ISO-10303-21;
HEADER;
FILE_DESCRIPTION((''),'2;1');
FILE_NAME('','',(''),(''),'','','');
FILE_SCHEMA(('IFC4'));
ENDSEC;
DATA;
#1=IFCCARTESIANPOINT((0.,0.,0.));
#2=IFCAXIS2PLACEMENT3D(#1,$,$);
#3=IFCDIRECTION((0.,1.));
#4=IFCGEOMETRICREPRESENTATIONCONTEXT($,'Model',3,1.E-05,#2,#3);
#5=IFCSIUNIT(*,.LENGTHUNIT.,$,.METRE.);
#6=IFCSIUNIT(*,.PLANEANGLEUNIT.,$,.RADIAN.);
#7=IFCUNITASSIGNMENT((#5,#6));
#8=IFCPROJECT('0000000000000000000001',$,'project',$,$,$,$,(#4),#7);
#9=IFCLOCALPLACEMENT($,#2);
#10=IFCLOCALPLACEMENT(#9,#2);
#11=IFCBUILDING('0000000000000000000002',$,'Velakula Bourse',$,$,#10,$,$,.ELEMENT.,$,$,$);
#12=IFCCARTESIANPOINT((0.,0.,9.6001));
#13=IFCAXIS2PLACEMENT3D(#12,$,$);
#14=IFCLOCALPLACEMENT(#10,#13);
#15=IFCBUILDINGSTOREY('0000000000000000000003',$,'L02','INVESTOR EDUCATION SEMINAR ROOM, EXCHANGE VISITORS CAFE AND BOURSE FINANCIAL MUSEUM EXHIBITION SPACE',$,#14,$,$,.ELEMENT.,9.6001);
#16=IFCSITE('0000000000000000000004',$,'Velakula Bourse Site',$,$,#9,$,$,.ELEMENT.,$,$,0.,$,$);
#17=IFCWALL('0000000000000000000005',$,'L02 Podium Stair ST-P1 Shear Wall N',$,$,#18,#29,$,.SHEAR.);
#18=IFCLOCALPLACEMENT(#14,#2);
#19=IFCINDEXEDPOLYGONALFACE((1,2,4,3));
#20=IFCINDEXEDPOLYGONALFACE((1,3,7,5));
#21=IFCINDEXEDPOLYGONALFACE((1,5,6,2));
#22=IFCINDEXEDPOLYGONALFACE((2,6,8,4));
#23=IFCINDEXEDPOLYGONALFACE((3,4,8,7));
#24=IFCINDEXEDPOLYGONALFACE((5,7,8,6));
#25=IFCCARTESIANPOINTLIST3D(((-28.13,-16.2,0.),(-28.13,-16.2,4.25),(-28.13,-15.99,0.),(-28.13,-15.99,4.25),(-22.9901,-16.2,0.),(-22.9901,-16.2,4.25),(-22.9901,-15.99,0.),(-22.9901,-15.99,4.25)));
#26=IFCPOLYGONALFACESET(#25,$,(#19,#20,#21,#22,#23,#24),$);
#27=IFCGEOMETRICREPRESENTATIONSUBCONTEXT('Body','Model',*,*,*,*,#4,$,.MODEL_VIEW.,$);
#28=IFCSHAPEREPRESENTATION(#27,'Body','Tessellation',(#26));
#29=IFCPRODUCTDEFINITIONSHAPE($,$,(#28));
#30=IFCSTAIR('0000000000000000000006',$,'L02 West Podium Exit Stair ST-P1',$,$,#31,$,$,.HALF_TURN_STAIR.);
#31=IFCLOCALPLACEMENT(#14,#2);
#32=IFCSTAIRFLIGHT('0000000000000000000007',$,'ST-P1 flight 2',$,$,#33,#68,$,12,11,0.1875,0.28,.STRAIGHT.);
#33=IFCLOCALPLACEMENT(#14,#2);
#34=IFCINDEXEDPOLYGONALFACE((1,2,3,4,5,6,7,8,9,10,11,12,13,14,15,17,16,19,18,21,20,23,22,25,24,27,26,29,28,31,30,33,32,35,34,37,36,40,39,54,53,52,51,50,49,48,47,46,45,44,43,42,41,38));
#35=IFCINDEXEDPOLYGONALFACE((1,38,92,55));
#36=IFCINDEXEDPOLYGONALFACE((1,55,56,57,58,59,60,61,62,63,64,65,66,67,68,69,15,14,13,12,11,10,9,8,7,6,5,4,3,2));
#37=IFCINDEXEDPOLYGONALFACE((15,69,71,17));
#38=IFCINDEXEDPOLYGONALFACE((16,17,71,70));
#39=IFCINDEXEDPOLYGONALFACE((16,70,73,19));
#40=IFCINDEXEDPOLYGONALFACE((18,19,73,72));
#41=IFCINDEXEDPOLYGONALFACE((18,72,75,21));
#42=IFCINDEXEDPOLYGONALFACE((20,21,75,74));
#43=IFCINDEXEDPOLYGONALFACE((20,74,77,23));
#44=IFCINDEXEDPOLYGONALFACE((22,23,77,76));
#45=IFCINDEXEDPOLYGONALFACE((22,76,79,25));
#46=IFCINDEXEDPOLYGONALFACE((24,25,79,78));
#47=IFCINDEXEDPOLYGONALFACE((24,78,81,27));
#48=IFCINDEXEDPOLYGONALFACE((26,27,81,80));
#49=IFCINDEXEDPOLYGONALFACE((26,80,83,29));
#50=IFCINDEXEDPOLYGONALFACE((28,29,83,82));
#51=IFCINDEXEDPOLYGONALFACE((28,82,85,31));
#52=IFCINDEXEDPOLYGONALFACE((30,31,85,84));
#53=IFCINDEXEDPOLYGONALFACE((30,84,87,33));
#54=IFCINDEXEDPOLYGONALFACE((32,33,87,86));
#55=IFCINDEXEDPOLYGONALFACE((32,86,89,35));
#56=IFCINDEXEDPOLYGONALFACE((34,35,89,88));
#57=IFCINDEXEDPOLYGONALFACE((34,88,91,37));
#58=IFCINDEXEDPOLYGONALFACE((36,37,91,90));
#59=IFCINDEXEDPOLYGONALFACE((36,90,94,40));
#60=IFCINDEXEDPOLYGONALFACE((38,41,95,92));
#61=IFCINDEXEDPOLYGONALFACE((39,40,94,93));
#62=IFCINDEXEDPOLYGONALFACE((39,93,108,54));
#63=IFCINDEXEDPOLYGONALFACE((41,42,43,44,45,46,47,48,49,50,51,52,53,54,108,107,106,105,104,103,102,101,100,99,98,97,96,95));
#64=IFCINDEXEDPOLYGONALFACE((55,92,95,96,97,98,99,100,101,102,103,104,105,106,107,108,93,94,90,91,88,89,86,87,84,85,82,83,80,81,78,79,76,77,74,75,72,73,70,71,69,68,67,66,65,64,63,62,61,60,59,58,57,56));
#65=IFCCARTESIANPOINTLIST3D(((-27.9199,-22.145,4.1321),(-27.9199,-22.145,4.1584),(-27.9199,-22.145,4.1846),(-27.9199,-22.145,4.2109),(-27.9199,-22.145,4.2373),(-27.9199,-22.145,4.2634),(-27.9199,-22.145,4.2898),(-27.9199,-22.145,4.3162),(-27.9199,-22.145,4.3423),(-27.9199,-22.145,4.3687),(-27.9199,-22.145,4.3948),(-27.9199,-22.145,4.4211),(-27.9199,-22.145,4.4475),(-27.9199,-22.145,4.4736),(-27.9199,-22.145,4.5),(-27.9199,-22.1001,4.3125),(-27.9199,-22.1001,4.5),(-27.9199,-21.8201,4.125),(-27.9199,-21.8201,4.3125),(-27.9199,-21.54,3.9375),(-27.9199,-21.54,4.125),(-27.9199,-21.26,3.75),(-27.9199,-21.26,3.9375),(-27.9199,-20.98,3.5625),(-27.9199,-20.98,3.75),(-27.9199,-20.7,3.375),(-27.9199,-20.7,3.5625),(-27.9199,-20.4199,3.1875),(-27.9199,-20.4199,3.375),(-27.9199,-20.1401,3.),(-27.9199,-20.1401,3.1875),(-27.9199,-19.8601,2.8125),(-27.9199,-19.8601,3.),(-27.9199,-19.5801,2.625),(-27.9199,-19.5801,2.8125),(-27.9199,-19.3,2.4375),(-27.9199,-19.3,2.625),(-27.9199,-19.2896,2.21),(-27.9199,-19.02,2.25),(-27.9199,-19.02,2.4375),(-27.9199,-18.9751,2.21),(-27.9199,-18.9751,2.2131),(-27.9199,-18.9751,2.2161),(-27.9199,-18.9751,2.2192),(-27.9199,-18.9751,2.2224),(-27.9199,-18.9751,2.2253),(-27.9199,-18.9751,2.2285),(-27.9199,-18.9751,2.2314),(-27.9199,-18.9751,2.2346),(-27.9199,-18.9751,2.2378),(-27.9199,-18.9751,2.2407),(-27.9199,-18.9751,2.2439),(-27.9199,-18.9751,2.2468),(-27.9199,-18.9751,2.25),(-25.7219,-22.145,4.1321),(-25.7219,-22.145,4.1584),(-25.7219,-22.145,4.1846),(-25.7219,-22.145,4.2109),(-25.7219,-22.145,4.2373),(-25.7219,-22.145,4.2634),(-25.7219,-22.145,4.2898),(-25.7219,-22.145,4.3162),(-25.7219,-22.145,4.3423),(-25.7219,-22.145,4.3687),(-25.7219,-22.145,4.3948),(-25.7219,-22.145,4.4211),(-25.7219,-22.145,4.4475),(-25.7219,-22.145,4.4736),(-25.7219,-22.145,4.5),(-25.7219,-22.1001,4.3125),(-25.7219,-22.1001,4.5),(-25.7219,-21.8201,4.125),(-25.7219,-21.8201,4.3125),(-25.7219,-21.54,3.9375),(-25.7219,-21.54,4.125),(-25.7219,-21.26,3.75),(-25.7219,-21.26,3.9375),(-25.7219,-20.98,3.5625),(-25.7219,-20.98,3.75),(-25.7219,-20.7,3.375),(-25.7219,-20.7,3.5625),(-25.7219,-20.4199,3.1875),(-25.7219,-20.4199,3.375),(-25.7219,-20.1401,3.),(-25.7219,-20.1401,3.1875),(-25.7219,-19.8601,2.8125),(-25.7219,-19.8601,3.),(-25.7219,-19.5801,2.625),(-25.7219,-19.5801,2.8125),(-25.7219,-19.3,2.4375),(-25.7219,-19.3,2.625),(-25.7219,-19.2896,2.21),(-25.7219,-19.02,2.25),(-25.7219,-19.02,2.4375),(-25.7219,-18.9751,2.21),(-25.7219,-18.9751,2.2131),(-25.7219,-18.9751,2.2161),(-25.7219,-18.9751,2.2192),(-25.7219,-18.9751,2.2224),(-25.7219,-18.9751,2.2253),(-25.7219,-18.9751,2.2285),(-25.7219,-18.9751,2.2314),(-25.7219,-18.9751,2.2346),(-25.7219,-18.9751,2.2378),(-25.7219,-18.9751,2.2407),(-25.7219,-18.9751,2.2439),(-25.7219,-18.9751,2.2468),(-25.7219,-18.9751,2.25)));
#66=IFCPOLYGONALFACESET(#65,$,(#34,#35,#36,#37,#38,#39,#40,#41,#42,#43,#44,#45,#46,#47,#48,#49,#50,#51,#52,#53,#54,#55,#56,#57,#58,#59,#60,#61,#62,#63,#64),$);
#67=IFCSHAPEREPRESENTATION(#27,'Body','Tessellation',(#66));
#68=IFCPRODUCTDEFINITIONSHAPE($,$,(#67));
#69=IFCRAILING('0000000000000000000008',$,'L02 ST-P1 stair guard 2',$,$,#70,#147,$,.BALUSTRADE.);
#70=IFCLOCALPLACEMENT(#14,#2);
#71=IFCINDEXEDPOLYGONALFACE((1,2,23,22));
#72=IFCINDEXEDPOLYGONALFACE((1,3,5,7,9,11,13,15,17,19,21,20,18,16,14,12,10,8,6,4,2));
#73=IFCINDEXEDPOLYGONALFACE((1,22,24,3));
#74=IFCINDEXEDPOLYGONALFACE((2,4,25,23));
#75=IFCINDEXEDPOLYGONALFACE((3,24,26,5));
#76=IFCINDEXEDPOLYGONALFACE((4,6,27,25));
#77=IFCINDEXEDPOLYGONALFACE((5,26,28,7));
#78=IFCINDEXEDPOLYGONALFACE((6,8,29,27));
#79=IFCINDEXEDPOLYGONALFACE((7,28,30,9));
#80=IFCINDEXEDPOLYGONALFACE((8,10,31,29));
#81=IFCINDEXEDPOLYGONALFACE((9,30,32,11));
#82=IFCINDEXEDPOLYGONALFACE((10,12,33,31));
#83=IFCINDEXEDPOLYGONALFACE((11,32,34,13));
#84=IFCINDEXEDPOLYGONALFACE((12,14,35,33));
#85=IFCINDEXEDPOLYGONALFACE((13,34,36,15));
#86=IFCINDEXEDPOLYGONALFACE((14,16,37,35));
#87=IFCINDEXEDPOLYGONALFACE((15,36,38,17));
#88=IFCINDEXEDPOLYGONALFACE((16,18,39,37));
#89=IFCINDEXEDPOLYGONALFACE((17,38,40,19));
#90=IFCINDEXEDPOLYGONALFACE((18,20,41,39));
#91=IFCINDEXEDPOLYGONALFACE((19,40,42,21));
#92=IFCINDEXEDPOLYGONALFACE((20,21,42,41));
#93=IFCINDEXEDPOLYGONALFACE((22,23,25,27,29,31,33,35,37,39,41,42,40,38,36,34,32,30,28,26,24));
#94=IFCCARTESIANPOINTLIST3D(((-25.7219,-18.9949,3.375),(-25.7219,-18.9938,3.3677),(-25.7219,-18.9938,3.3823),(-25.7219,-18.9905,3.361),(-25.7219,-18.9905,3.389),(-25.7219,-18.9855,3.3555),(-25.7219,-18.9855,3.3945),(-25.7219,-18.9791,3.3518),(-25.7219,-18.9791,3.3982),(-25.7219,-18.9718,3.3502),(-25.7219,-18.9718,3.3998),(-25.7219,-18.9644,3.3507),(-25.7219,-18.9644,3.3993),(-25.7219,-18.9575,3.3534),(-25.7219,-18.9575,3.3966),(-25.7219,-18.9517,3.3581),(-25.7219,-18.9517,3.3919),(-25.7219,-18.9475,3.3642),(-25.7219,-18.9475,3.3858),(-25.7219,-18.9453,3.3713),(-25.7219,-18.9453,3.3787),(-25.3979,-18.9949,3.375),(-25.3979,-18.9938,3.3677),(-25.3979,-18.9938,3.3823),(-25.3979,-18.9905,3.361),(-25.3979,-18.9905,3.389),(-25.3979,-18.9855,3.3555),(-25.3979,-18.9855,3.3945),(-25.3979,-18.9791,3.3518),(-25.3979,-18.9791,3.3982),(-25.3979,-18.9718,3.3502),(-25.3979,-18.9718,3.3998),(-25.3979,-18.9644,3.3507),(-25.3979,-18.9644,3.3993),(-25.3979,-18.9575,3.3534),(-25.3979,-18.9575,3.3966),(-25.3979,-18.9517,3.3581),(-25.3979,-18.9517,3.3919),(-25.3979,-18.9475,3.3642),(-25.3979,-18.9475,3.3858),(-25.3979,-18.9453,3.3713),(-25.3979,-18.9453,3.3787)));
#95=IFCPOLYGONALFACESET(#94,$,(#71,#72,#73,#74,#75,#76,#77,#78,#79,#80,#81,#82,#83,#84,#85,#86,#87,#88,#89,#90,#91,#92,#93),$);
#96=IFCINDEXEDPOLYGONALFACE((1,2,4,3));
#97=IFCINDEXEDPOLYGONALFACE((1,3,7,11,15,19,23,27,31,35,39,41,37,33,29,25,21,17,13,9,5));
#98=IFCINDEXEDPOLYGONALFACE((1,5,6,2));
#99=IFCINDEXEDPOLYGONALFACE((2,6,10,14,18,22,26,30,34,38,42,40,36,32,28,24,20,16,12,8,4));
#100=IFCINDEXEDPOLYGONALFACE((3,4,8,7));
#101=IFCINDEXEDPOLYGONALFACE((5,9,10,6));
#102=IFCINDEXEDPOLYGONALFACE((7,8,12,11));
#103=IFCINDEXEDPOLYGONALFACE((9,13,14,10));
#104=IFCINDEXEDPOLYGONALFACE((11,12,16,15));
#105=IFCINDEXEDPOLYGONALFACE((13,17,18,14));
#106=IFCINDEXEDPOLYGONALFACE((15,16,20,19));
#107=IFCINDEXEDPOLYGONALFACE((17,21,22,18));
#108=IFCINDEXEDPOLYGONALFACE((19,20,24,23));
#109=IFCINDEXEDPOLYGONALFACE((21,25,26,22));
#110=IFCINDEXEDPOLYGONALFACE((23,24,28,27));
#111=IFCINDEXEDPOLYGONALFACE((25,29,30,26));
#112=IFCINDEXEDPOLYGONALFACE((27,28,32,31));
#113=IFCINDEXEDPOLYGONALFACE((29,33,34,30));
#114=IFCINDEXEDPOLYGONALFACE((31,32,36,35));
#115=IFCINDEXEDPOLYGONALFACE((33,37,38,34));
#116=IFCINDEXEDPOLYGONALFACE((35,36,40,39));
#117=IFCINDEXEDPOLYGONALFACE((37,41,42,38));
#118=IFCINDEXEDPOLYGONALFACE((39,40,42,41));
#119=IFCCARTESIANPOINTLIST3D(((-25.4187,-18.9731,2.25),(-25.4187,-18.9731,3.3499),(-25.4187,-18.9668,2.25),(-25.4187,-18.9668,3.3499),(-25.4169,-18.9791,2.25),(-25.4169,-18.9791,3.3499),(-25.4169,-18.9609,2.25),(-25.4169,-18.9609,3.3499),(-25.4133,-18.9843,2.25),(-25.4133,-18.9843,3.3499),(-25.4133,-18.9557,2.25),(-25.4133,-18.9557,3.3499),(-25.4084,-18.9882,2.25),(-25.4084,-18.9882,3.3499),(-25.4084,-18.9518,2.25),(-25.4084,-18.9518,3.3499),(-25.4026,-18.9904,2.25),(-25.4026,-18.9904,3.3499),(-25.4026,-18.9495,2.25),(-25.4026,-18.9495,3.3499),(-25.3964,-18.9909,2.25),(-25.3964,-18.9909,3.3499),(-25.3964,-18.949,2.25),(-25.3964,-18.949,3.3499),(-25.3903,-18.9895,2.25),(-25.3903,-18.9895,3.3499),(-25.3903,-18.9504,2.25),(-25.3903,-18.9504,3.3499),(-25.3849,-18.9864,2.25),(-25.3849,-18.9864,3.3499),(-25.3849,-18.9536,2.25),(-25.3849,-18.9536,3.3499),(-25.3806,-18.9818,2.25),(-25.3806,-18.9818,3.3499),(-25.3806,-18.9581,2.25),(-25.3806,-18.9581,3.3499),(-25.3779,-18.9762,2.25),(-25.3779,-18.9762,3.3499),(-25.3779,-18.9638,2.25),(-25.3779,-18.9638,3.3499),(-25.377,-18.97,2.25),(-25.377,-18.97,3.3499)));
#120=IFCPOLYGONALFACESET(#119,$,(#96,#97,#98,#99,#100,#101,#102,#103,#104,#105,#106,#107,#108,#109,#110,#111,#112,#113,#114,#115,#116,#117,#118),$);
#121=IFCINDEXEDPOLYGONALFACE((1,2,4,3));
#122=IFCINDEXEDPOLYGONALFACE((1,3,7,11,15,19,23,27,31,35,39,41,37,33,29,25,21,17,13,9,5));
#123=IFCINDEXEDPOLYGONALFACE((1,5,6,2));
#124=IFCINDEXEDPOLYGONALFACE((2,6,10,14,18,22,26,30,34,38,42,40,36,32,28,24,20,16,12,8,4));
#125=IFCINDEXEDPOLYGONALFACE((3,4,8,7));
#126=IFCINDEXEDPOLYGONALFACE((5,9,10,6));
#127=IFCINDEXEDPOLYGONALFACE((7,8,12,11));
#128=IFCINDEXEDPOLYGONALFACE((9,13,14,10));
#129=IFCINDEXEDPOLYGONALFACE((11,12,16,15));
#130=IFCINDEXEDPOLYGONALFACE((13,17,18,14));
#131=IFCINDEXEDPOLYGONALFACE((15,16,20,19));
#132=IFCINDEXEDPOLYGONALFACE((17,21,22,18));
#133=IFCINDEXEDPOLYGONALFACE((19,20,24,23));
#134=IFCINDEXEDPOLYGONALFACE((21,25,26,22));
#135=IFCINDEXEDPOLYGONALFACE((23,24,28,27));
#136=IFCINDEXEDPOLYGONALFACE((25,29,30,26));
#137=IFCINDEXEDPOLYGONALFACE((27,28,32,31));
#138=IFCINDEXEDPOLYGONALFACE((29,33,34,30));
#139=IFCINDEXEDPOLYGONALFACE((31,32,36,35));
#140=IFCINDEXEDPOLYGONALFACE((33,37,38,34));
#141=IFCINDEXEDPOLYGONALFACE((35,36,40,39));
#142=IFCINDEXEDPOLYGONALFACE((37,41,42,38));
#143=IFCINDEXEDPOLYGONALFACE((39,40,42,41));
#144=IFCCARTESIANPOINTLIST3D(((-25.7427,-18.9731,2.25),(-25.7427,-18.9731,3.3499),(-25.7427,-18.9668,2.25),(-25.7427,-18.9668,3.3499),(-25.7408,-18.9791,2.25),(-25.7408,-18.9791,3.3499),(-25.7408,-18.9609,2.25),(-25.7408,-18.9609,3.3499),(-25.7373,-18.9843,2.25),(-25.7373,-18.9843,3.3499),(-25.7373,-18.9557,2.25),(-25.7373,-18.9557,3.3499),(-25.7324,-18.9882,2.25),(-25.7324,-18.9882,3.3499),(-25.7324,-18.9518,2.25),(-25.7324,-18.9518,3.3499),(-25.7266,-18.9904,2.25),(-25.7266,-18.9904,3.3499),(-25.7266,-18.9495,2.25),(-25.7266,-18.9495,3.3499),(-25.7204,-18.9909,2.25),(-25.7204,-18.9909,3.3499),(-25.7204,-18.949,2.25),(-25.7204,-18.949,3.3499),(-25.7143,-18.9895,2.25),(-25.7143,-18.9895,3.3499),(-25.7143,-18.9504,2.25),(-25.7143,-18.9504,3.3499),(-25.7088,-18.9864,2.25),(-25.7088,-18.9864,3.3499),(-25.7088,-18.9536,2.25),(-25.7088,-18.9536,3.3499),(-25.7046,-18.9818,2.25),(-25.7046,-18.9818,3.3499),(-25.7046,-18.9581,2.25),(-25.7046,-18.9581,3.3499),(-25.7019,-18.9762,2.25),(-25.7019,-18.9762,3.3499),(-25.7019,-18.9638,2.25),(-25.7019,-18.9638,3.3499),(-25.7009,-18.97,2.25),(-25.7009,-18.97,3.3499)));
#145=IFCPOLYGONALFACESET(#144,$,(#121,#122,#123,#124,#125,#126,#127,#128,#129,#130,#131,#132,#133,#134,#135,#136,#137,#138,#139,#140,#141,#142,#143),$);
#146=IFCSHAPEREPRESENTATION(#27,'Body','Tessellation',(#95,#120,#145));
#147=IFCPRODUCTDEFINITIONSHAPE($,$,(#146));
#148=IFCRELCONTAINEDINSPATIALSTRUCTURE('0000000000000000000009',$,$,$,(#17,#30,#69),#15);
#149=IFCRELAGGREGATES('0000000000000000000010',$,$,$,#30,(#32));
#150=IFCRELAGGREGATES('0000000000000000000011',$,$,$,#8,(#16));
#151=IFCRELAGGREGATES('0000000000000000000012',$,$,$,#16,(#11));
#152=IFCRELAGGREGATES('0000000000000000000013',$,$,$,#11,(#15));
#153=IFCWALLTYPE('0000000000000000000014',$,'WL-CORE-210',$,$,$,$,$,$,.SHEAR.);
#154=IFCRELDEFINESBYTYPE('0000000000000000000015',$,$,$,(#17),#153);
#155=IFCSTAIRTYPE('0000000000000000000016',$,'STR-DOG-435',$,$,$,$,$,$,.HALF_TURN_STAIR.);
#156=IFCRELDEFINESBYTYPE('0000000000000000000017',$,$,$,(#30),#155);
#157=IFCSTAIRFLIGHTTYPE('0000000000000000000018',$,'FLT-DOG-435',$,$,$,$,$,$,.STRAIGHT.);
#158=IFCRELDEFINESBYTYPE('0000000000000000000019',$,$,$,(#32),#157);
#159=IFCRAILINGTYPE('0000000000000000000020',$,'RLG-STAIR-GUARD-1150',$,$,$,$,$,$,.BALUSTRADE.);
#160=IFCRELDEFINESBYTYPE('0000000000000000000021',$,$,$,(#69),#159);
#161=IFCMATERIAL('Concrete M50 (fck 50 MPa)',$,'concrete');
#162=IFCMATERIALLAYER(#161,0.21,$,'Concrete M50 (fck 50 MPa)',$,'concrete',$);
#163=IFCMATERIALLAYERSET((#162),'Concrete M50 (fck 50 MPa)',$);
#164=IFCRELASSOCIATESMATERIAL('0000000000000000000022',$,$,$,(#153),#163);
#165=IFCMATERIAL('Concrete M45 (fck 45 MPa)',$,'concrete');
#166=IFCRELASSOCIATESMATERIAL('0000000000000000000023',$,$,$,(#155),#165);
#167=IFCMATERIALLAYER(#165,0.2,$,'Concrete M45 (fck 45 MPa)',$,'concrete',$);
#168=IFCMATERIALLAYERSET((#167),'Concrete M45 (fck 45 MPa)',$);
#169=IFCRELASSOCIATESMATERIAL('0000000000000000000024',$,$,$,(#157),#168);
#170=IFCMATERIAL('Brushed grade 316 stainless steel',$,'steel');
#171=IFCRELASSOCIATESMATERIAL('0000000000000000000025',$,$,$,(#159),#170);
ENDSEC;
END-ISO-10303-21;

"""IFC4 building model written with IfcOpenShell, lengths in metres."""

from ifc_helpers import new_model, si_unit, direction, frame, frame_2d, origin, origin_2d, place, context, subcontext, project, spatial, polyline, rectangle, circle, outline, extrude, material, layer, layer_set, type_object, element, aggregate, save


model = new_model("IFC4")

# Units and contexts
model_context = context("Model", 3, precision=1e-05, world=origin(), true_north=direction((0.0, 1.0)))
body_context = subcontext(model_context, "Body", "Model", "MODEL_VIEW")
ifc_project = project(units=[si_unit("LENGTHUNIT", "METRE"), si_unit("PLANEANGLEUNIT", "RADIAN")], contexts=[model_context])

# Site, building, storey
site_placement = place(None, origin())
site = spatial("IfcSite", under=ifc_project, at=site_placement, Name="Velakula Bourse Site", CompositionType="ELEMENT", RefElevation=0.0)
building_placement = place(site_placement, origin())
building = spatial("IfcBuilding", under=site, at=building_placement, Name="Velakula Bourse", CompositionType="ELEMENT")
storey_placement = place(building_placement, frame((0.0, 0.0, 9.6001)))
storey = spatial("IfcBuildingStorey", under=building, at=storey_placement, Name="L02", Description="INVESTOR EDUCATION SEMINAR ROOM, EXCHANGE VISITORS CAFE AND BOURSE FINANCIAL MUSEUM EXHIBITION SPACE", CompositionType="ELEMENT", Elevation=9.6001)

# Wall
ifc_material_1 = material(Name="Concrete M50 (fck 50 MPa)", Category="concrete")
ifc_layer_1 = layer(ifc_material_1, 0.21, Name="Concrete M50 (fck 50 MPa)", Category="concrete")
ifc_layer_set_1 = layer_set([ifc_layer_1], Name="Concrete M50 (fck 50 MPa)")
wall_type = type_object("IfcWallType", Name="WL-CORE-210", PredefinedType="SHEAR", material=ifc_layer_set_1)
wall_placement = place(storey_placement, frame((-28.1299, -16.095, 0.0), z_axis=(0.0, 0.0, 1.0), x_axis=(1.0, 0.0, 0.0)))
element("IfcWall", 1, at=wall_placement, inside=storey, type_object=wall_type, Name="L02 Podium Stair ST-P1 Shear Wall N", PredefinedType="SHEAR", context=body_context, shape_type="SweptSolid", body=[
    extrude(rectangle(XDim=5.1399, YDim=0.21, at=frame_2d((2.5698, 0.0))), origin(), (0.0, 0.0, 1.0), 4.25),
])

# Stair, stair flight
ifc_material_2 = material(Name="Concrete M45 (fck 45 MPa)", Category="concrete")
stair_type = type_object("IfcStairType", Name="STR-DOG-435", PredefinedType="HALF_TURN_STAIR", material=ifc_material_2)
stair_placement = place(storey_placement, origin())
stair = element("IfcStair", 2, at=stair_placement, inside=storey, type_object=stair_type, Name="L02 West Podium Exit Stair ST-P1", PredefinedType="HALF_TURN_STAIR")
ifc_layer_2 = layer(ifc_material_2, 0.2, Name="Concrete M45 (fck 45 MPa)", Category="concrete")
ifc_layer_set_2 = layer_set([ifc_layer_2], Name="Concrete M45 (fck 45 MPa)")
stair_flight_type = type_object("IfcStairFlightType", Name="FLT-DOG-435", PredefinedType="STRAIGHT", material=ifc_layer_set_2)
stair_flight_placement = place(storey_placement, frame((-26.821, -19.02, 2.25), z_axis=(0.0, 0.0, 1.0), x_axis=(0.0, -1.0, 0.0)))
stair_flight = element("IfcStairFlight", 3, at=stair_flight_placement, type_object=stair_flight_type, Name="ST-P1 flight 2", NumberOfRisers=12, NumberOfTreads=11, PredefinedType="STRAIGHT", RiserHeight=0.1875, TreadLength=0.28, context=body_context, shape_type="SweptSolid", body=[
    extrude(outline(polyline([(-0.0449, -0.04), (-0.0449, -0.0369), (-0.0449, -0.0339), (-0.0449, -0.0308), (-0.0449, -0.0276), (-0.0449, -0.0247), (-0.0449, -0.0215), (-0.0449, -0.0186), (-0.0449, -0.0154), (-0.0449, -0.0122), (-0.0449, -0.0093), (-0.0449, -0.0061), (-0.0449, -0.0032), (-0.0449, 0.0), (0.0, 0.0), (0.0, 0.1875), (0.28, 0.1875), (0.28, 0.375), (0.5601, 0.375), (0.5601, 0.5625), (0.8401, 0.5625), (0.8401, 0.75), (1.1201, 0.75), (1.1201, 0.9375), (1.3999, 0.9375), (1.3999, 1.125), (1.6799, 1.125), (1.6799, 1.3125), (1.96, 1.3125), (1.96, 1.5), (2.24, 1.5), (2.24, 1.6875), (2.52, 1.6875), (2.52, 1.875), (2.8, 1.875), (2.8, 2.0625), (3.0801, 2.0625), (3.0801, 2.25), (3.125, 2.25), (3.125, 2.2236), (3.125, 2.1975), (3.125, 2.1711), (3.125, 2.1448), (3.125, 2.1187), (3.125, 2.0923), (3.125, 2.0662), (3.125, 2.0398), (3.125, 2.0134), (3.125, 1.9873), (3.125, 1.9609), (3.125, 1.9346), (3.125, 1.9084), (3.125, 1.8821), (0.2695, -0.04), (-0.0449, -0.04)])), frame((0.0, 1.0991, 0.0), z_axis=(0.0, -1.0, 0.0), x_axis=(1.0, 0.0, 0.0)), (0.0, 0.0, 1.0), 2.198),
])
aggregate(stair, [stair_flight])

# Railing
ifc_material_3 = material(Name="Brushed grade 316 stainless steel", Category="steel")
railing_type = type_object("IfcRailingType", Name="RLG-STAIR-GUARD-1150", PredefinedType="BALUSTRADE", material=ifc_material_3)
railing_1_placement = place(storey_placement, frame((-25.3979, -18.97, 2.25)))
element("IfcRailing", 4, at=railing_1_placement, inside=storey, type_object=railing_type, Name="L02 ST-P1 stair guard 2", PredefinedType="BALUSTRADE", context=body_context, shape_type="SweptSolid", body=[
    extrude(circle(Radius=0.0249, at=origin_2d()), frame((0.0, 0.0, 1.125), z_axis=(-1.0, 0.0, 0.0), x_axis=(0.0, -1.0, 0.0)), (0.0, 0.0, 1.0), 0.324),
    extrude(circle(Radius=0.021, at=origin_2d()), origin(), (0.0, 0.0, 1.0), 1.0999),
    extrude(circle(Radius=0.021, at=origin_2d()), frame((-0.324, 0.0, 0.0)), (0.0, 0.0, 1.0), 1.0999),
])

save(model, "model.ifc")
